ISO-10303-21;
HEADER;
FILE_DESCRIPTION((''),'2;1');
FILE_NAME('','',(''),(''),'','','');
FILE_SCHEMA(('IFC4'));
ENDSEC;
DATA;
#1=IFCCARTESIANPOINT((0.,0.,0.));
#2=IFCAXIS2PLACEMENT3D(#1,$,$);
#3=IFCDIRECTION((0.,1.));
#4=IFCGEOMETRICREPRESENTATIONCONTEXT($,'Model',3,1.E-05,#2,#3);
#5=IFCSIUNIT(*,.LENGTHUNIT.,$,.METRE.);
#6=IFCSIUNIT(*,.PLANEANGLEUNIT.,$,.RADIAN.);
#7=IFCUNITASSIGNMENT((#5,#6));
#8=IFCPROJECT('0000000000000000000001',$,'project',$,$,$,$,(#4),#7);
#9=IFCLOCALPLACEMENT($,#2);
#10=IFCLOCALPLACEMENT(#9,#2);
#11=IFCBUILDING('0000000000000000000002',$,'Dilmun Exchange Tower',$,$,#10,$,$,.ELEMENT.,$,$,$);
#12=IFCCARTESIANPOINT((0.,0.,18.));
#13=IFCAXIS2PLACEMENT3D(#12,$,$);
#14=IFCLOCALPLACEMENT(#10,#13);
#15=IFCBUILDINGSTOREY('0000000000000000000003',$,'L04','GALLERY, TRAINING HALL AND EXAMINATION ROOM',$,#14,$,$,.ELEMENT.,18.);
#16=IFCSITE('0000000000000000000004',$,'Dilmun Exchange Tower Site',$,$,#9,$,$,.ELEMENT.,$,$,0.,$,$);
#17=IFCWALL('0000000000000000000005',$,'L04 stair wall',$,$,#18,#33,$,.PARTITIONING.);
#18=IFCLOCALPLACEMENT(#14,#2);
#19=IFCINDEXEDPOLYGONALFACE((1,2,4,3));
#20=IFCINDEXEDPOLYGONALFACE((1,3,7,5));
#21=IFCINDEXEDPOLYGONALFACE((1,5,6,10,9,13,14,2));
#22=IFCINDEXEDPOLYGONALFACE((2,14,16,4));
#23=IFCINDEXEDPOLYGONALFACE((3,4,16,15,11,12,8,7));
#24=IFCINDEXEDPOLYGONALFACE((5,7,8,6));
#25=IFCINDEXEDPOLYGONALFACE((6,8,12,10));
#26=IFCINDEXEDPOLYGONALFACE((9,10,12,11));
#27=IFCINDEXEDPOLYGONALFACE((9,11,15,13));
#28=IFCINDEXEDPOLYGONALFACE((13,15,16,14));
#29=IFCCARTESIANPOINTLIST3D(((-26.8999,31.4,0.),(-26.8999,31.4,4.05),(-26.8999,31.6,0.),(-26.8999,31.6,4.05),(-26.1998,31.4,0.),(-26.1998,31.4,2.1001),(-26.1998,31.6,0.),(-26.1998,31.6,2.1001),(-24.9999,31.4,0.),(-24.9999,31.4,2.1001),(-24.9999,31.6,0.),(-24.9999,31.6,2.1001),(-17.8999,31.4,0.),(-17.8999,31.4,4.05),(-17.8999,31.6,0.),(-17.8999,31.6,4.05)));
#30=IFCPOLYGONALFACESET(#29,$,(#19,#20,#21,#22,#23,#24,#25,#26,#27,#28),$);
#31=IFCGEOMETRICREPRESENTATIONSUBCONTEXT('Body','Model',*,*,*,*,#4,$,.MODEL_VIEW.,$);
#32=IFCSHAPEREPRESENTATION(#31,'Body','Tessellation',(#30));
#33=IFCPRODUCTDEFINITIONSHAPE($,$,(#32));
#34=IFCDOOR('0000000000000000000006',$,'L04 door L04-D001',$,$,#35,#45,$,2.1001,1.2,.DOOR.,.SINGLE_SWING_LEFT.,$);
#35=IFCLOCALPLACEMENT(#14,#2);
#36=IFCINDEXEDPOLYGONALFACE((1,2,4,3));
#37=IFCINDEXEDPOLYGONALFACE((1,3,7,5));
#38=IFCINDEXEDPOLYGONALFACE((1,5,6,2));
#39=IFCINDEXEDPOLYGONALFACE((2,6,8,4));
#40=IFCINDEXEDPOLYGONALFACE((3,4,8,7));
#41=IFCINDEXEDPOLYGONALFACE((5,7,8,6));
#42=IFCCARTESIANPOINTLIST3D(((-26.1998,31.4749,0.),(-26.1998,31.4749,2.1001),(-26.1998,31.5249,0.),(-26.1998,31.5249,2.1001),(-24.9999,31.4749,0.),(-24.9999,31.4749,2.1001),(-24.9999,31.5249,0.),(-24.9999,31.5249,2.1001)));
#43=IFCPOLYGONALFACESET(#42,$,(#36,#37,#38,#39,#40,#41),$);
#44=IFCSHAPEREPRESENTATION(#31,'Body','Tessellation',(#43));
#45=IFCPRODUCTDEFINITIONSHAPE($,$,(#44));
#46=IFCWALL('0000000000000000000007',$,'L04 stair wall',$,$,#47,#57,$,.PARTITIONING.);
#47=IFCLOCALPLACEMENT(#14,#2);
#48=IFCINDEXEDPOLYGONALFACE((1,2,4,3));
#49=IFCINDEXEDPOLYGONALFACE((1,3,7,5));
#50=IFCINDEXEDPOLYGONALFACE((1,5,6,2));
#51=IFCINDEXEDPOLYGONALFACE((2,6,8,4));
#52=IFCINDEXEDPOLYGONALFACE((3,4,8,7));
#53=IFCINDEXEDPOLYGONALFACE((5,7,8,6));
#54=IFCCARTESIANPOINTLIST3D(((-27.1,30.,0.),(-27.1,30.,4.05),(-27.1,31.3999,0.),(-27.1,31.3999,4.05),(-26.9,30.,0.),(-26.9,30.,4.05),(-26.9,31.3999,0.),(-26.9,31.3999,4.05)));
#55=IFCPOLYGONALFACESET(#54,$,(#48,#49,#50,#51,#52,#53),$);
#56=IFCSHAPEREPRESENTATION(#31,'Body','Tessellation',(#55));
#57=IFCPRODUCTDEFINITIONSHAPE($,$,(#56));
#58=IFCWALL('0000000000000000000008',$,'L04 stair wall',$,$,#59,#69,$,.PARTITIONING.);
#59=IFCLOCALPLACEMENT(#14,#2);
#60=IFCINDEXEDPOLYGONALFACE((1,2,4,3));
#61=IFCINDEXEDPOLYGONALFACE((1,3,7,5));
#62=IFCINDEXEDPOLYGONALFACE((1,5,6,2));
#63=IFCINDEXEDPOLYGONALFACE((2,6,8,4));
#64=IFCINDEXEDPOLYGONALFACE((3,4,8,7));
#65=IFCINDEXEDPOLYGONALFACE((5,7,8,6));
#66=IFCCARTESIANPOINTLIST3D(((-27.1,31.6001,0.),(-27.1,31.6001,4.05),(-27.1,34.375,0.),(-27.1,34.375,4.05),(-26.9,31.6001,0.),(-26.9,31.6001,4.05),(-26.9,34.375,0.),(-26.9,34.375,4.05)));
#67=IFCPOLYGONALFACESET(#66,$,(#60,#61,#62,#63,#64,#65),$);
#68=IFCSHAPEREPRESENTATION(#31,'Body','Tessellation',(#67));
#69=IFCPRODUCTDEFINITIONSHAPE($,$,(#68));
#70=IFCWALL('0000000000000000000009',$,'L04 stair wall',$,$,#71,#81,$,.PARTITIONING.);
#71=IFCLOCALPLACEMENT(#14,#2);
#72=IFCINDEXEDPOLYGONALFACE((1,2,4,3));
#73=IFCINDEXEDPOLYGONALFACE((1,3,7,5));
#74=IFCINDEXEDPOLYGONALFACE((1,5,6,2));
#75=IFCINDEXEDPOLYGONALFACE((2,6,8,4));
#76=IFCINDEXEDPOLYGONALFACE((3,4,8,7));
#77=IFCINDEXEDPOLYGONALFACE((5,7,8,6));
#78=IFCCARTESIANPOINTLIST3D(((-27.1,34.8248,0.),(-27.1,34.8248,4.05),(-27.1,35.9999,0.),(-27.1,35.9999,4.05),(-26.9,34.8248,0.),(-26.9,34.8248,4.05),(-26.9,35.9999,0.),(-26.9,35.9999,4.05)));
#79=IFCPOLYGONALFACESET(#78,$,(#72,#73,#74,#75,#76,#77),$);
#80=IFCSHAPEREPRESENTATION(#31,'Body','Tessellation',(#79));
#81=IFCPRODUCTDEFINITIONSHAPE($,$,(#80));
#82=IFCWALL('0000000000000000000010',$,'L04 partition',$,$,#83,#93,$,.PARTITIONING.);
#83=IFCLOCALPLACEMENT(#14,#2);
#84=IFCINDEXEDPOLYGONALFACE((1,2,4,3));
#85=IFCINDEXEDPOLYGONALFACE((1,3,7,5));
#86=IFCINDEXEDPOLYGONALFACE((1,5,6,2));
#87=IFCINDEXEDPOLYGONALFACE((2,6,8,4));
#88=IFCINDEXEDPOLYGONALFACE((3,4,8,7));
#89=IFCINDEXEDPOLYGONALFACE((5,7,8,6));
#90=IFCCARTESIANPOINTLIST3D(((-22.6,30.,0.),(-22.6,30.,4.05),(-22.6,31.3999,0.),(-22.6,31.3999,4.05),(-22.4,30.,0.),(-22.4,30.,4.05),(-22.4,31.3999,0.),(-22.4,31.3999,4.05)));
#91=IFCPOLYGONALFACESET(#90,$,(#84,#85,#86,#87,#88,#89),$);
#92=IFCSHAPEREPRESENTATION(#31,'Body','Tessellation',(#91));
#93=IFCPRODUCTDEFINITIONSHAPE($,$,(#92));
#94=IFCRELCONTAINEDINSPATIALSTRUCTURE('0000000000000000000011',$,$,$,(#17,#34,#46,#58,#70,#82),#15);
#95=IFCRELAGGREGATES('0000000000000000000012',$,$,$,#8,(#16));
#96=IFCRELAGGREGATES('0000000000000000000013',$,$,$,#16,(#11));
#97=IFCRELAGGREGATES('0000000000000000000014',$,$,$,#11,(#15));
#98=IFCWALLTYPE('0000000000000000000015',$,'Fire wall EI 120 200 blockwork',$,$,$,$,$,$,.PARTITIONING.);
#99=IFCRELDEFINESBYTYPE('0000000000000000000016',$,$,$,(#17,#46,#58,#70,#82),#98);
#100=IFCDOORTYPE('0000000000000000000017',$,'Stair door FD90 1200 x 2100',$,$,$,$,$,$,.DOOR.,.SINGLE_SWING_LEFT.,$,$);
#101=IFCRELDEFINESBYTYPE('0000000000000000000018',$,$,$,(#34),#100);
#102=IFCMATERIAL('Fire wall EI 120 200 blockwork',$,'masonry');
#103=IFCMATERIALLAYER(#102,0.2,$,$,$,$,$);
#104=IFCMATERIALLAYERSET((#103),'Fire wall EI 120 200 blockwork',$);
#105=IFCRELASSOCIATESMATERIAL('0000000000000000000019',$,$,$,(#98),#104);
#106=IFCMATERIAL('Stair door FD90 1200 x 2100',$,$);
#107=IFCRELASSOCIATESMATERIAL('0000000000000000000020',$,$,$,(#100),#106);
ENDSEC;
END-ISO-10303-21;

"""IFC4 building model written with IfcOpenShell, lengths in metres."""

from ifc_helpers import new_model, si_unit, direction, frame, frame_2d, origin, place, context, subcontext, project, spatial, rectangle, extrude, material, layer, layer_set, type_object, element, fill, save


model = new_model("IFC4")

# Units and contexts
model_context = context("Model", 3, precision=1e-05, world=origin(), true_north=direction((0.0, 1.0)))
body_context = subcontext(model_context, "Body", "Model", "MODEL_VIEW")
ifc_project = project(units=[si_unit("LENGTHUNIT", "METRE"), si_unit("PLANEANGLEUNIT", "RADIAN")], contexts=[model_context])

# Site, building, storey
site_placement = place(None, origin())
site = spatial("IfcSite", under=ifc_project, at=site_placement, Name="Dilmun Exchange Tower Site", CompositionType="ELEMENT", RefElevation=0.0)
building_placement = place(site_placement, origin())
building = spatial("IfcBuilding", under=site, at=building_placement, Name="Dilmun Exchange Tower", CompositionType="ELEMENT")
storey_placement = place(building_placement, frame((0.0, 0.0, 18.0)))
storey = spatial("IfcBuildingStorey", under=building, at=storey_placement, Name="L04", Description="GALLERY, TRAINING HALL AND EXAMINATION ROOM", CompositionType="ELEMENT", Elevation=18.0)

# Wall, opening, door
ifc_material_1 = material(Name="Fire wall EI 120 200 blockwork", Category="masonry")
ifc_layer_1 = layer(ifc_material_1, 0.2)
ifc_layer_set_1 = layer_set([ifc_layer_1], Name="Fire wall EI 120 200 blockwork")
wall_type_1 = type_object("IfcWallType", Name="Fire wall EI 120 200 blockwork", PredefinedType="PARTITIONING", material=ifc_layer_set_1)
wall_1_placement = place(storey_placement, frame((-26.8999, 31.5, 0.0), z_axis=(0.0, 0.0, 1.0), x_axis=(1.0, 0.0, 0.0)))
wall_1 = element("IfcWall", 1, at=wall_1_placement, inside=storey, type_object=wall_type_1, Name="L04 stair wall", PredefinedType="PARTITIONING", context=body_context, shape_type="SweptSolid", body=[
    extrude(rectangle(XDim=9.0, YDim=0.2, at=frame_2d((4.5, 0.0))), origin(), (0.0, 0.0, 1.0), 4.05),
])
opening_1_placement = place(wall_1_placement, frame((0.7, 0.0, 0.0)))
opening_1 = element("IfcOpeningElement", 2, at=opening_1_placement, cuts=wall_1, PredefinedType="OPENING", context=body_context, shape_type="SweptSolid", body=[
    extrude(rectangle(XDim=1.2, YDim=2.1001, at=frame_2d((0.6001, 1.05))), frame((0.0, 0.1099, 0.0), z_axis=(0.0, -1.0, 0.0), x_axis=(1.0, 0.0, 0.0)), (0.0, 0.0, 1.0), 0.22),
])
ifc_material_2 = material(Name="Stair door FD90 1200 x 2100")
door_type_1 = type_object("IfcDoorType", Name="Stair door FD90 1200 x 2100", OperationType="SINGLE_SWING_LEFT", PredefinedType="DOOR", material=ifc_material_2)
door_1_placement = place(opening_1_placement, origin())
door_1 = element("IfcDoor", 3, at=door_1_placement, inside=storey, type_object=door_type_1, Name="L04 door L04-D001", OperationType="SINGLE_SWING_LEFT", OverallHeight=2.1001, OverallWidth=1.2, PredefinedType="DOOR", context=body_context, shape_type="SweptSolid", body=[
    extrude(rectangle(XDim=1.2, YDim=2.1001, at=frame_2d((0.6001, 1.05))), frame((0.0, 0.0249, 0.0), z_axis=(0.0, -1.0, 0.0), x_axis=(1.0, 0.0, 0.0)), (0.0, 0.0, 1.0), 0.05),
])
fill(opening_1, door_1)

# Walls
wall_2_placement = place(storey_placement, frame((-27.0, 30.0, 0.0), z_axis=(0.0, 0.0, 1.0), x_axis=(0.0, 1.0, 0.0)))
element("IfcWall", 4, at=wall_2_placement, inside=storey, type_object=wall_type_1, Name="L04 stair wall", PredefinedType="PARTITIONING", context=body_context, shape_type="SweptSolid", body=[
    extrude(rectangle(XDim=1.3999, YDim=0.2, at=frame_2d((0.7, 0.0))), origin(), (0.0, 0.0, 1.0), 4.05),
])
wall_3_placement = place(storey_placement, frame((-27.0, 31.6001, 0.0), z_axis=(0.0, 0.0, 1.0), x_axis=(0.0, 1.0, 0.0)))
element("IfcWall", 5, at=wall_3_placement, inside=storey, type_object=wall_type_1, Name="L04 stair wall", PredefinedType="PARTITIONING", context=body_context, shape_type="SweptSolid", body=[
    extrude(rectangle(XDim=2.7749, YDim=0.2, at=frame_2d((1.3875, 0.0))), origin(), (0.0, 0.0, 1.0), 4.05),
])
wall_4_placement = place(storey_placement, frame((-27.0, 34.825, 0.0), z_axis=(0.0, 0.0, 1.0), x_axis=(0.0, 1.0, 0.0)))
element("IfcWall", 6, at=wall_4_placement, inside=storey, type_object=wall_type_1, Name="L04 stair wall", PredefinedType="PARTITIONING", context=body_context, shape_type="SweptSolid", body=[
    extrude(rectangle(XDim=1.175, YDim=0.2, at=frame_2d((0.5874, 0.0))), origin(), (0.0, 0.0, 1.0), 4.05),
])
wall_5_placement = place(storey_placement, frame((-22.5, 30.0, 0.0), z_axis=(0.0, 0.0, 1.0), x_axis=(0.0, 1.0, 0.0)))
element("IfcWall", 7, at=wall_5_placement, inside=storey, type_object=wall_type_1, Name="L04 partition", PredefinedType="PARTITIONING", context=body_context, shape_type="SweptSolid", body=[
    extrude(rectangle(XDim=1.3999, YDim=0.2, at=frame_2d((0.7, 0.0))), origin(), (0.0, 0.0, 1.0), 4.05),
])

save(model, "model.ifc")
